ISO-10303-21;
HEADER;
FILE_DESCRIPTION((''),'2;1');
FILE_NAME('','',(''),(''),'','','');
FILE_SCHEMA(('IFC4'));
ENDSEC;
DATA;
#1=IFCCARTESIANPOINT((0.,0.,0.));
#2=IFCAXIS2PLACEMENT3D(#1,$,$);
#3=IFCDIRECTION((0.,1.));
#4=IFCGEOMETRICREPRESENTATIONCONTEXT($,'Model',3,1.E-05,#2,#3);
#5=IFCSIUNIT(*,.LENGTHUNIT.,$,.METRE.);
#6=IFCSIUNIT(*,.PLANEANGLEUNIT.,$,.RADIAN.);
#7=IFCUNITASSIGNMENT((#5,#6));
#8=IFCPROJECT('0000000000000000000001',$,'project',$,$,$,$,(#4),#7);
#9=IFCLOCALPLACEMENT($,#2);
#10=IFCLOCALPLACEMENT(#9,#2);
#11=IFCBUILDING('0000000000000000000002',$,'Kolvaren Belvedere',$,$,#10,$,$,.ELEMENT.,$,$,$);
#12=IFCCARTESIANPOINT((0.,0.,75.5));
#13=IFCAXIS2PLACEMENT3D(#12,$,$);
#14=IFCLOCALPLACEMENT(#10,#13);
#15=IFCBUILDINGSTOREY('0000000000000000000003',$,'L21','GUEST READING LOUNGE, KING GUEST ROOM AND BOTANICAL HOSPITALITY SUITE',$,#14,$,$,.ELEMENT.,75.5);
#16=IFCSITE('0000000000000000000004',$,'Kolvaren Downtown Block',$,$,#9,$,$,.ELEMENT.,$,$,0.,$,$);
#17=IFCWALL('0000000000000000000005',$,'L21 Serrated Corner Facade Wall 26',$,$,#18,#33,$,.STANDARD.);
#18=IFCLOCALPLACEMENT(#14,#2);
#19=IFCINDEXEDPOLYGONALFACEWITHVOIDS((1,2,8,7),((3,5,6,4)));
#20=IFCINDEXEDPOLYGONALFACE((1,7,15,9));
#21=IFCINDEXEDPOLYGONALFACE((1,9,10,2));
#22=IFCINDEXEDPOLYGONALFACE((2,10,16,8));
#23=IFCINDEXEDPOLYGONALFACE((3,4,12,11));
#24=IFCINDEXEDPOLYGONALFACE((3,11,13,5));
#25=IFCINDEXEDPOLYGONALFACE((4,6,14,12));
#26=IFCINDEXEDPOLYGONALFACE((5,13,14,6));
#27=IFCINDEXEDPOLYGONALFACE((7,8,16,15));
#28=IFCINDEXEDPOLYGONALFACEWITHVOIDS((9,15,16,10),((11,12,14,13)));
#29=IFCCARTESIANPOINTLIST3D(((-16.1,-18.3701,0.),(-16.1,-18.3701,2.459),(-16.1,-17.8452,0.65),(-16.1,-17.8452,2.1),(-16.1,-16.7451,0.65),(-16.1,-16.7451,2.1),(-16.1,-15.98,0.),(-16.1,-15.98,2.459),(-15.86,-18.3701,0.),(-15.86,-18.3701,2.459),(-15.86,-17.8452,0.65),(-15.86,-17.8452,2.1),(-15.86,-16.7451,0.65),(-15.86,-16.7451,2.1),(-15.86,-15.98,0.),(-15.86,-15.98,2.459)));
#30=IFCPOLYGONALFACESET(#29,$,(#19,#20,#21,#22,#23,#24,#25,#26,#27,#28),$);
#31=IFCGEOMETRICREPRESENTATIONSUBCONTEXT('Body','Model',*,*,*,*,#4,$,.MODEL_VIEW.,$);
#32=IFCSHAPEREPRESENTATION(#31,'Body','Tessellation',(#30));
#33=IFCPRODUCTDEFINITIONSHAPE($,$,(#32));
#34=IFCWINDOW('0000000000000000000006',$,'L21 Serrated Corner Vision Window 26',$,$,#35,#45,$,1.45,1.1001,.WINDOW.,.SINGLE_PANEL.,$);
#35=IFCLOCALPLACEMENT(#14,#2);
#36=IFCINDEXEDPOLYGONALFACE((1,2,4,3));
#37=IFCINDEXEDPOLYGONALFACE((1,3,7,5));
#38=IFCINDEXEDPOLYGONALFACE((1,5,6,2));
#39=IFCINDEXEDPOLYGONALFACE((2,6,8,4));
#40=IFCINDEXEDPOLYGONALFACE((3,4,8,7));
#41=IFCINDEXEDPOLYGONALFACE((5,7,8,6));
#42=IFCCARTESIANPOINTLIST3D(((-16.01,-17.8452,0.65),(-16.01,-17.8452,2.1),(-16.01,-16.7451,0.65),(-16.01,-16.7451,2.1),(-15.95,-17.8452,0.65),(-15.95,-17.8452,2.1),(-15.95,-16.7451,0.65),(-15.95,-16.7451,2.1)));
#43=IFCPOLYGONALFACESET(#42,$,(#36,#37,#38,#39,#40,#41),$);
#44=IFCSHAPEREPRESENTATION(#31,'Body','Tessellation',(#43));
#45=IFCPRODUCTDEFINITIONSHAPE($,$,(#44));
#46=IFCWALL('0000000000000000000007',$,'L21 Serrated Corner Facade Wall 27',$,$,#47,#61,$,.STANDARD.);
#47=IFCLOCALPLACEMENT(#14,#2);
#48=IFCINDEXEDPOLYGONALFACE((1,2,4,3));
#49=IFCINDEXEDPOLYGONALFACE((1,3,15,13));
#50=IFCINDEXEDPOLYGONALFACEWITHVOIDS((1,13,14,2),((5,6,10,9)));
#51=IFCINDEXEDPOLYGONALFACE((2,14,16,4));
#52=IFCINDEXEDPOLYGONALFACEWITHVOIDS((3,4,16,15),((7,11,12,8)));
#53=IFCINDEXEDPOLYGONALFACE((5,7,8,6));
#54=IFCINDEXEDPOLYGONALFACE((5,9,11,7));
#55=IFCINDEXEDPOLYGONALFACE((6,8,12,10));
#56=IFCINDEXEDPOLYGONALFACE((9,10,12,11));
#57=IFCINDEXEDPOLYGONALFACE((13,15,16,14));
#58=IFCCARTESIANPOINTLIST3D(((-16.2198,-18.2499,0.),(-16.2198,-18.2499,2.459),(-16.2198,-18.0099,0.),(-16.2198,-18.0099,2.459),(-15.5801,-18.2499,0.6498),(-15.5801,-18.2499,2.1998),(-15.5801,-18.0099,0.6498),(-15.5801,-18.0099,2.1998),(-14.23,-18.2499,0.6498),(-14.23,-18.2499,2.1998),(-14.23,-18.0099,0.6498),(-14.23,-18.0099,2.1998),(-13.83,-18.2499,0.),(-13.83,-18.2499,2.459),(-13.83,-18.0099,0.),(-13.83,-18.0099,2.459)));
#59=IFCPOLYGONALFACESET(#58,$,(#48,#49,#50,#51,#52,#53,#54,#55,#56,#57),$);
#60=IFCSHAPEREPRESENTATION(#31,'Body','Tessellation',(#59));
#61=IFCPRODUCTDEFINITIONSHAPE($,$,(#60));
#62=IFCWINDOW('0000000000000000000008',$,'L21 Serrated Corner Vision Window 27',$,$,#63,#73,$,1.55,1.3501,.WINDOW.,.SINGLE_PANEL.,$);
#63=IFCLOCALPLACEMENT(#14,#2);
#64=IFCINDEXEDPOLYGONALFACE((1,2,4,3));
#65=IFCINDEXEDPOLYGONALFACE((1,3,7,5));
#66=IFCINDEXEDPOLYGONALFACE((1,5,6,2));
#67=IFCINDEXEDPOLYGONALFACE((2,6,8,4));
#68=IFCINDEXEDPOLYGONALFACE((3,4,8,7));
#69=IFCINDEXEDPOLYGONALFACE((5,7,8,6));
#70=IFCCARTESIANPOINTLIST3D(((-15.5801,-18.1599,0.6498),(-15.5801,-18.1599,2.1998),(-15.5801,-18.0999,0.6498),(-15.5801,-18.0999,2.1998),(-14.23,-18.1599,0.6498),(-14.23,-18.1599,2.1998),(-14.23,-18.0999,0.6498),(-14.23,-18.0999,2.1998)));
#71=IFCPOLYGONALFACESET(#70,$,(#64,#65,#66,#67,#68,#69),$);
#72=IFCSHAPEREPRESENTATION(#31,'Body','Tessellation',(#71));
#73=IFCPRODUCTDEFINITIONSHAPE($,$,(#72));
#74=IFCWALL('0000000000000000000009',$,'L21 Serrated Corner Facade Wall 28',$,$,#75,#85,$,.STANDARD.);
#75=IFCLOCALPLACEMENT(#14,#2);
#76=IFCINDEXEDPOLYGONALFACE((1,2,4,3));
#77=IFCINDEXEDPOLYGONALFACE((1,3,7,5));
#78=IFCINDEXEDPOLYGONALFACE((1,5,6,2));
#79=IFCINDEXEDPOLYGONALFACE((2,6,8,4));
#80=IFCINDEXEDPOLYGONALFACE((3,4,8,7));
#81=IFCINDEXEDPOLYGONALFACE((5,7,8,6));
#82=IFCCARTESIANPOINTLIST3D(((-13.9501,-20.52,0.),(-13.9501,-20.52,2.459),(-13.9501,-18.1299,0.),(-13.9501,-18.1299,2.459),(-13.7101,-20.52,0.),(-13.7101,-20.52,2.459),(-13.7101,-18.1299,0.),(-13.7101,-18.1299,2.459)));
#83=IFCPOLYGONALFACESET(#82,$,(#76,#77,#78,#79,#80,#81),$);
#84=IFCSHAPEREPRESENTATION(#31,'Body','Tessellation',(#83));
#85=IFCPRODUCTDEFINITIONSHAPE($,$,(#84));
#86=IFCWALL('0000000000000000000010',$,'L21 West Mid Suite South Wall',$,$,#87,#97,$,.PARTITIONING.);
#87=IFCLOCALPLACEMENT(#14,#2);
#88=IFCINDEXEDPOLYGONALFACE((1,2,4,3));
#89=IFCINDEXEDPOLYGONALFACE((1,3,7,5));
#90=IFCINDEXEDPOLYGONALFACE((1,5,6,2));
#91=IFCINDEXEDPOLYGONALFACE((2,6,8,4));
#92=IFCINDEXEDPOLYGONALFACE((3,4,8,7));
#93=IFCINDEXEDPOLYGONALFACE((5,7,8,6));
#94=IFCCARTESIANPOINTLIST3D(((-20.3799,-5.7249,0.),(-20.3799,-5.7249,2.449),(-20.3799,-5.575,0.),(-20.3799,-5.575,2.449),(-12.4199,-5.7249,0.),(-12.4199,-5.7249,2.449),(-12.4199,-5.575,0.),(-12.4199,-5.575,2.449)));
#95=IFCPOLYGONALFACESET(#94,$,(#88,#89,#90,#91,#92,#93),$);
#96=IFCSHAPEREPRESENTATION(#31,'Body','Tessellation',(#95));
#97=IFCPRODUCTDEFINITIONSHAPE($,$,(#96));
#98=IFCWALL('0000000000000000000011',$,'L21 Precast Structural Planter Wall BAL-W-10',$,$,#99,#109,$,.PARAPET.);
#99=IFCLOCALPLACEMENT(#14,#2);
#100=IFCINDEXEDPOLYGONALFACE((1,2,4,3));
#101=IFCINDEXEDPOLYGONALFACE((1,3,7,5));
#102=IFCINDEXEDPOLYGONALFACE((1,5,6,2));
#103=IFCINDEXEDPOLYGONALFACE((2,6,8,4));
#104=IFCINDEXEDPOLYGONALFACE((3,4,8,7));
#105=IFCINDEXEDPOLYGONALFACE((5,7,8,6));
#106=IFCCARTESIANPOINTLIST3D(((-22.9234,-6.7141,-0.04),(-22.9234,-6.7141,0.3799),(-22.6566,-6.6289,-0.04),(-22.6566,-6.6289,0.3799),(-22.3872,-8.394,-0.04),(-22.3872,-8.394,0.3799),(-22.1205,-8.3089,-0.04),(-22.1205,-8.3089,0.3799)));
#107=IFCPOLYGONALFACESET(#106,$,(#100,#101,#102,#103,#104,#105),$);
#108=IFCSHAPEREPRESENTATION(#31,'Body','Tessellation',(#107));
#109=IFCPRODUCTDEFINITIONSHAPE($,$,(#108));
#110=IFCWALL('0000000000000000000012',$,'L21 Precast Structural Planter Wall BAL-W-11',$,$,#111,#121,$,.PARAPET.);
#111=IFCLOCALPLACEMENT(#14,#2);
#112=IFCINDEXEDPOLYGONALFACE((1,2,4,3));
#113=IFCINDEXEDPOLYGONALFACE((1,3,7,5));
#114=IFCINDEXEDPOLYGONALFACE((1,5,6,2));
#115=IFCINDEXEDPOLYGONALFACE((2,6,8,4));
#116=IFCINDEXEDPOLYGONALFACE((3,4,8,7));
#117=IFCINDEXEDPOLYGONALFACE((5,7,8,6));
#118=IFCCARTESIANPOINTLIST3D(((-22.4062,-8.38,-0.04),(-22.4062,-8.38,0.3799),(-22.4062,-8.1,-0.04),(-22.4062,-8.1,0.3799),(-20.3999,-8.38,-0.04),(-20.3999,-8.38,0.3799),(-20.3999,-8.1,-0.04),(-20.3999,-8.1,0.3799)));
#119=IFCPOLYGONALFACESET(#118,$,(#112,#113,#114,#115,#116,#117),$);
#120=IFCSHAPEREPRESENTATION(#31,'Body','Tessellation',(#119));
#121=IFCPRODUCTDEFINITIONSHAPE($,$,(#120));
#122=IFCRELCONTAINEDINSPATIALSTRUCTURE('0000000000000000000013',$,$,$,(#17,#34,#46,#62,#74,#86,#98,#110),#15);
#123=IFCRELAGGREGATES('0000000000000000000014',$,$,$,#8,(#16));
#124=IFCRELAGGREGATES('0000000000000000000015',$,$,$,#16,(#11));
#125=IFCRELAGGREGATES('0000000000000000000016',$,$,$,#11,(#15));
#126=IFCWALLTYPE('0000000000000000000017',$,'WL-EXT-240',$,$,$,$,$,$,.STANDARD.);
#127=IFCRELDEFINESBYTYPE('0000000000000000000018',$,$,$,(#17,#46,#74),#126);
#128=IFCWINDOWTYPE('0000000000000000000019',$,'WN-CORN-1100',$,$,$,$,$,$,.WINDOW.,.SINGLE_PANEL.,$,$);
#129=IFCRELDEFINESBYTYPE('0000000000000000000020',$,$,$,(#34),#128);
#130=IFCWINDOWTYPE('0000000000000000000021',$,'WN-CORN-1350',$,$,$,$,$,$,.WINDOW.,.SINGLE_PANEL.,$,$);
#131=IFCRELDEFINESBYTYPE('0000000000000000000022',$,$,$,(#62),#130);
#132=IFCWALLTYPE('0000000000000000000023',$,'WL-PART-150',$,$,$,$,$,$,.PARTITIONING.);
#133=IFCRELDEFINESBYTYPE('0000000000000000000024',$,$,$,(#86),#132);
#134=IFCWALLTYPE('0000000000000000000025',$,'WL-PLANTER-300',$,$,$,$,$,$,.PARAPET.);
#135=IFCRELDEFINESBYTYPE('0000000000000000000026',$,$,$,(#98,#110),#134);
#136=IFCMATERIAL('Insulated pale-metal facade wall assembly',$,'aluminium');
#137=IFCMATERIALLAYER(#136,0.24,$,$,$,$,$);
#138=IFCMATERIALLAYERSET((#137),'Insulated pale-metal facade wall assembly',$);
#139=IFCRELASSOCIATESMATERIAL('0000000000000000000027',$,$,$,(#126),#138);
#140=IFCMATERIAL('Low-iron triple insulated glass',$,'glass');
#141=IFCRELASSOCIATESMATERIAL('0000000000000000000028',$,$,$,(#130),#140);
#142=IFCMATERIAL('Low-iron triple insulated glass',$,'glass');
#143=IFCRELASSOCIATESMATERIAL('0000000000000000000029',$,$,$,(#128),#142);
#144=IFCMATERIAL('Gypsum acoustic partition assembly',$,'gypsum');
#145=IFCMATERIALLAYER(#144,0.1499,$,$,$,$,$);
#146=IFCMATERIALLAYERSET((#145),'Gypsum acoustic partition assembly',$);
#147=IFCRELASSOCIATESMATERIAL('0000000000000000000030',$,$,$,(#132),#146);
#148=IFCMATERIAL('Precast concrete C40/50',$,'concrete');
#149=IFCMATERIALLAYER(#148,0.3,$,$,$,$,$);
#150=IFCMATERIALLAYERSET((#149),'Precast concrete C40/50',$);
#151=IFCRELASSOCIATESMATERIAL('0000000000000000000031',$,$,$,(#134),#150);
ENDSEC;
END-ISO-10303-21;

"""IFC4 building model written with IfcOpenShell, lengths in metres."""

from ifc_helpers import new_model, si_unit, direction, frame, frame_2d, origin, place, context, subcontext, project, spatial, rectangle, extrude, material, layer, layer_set, type_object, element, fill, save


model = new_model("IFC4")

# Units and contexts
model_context = context("Model", 3, precision=1e-05, world=origin(), true_north=direction((0.0, 1.0)))
body_context = subcontext(model_context, "Body", "Model", "MODEL_VIEW")
ifc_project = project(units=[si_unit("LENGTHUNIT", "METRE"), si_unit("PLANEANGLEUNIT", "RADIAN")], contexts=[model_context])

# Site, building, storey
site_placement = place(None, origin())
site = spatial("IfcSite", under=ifc_project, at=site_placement, Name="Kolvaren Downtown Block", CompositionType="ELEMENT", RefElevation=0.0)
building_placement = place(site_placement, origin())
building = spatial("IfcBuilding", under=site, at=building_placement, Name="Kolvaren Belvedere", CompositionType="ELEMENT")
storey_placement = place(building_placement, frame((0.0, 0.0, 75.5)))
storey = spatial("IfcBuildingStorey", under=building, at=storey_placement, Name="L21", Description="GUEST READING LOUNGE, KING GUEST ROOM AND BOTANICAL HOSPITALITY SUITE", CompositionType="ELEMENT", Elevation=75.5)

# Shared definitions
ifc_material_1 = material(Name="Insulated pale-metal facade wall assembly", Category="aluminium")
ifc_layer_1 = layer(ifc_material_1, 0.24)
ifc_layer_set_1 = layer_set([ifc_layer_1], Name="Insulated pale-metal facade wall assembly")
wall_type_1 = type_object("IfcWallType", Name="WL-EXT-240", PredefinedType="STANDARD", material=ifc_layer_set_1)

# Walls, openings, windows
ifc_material_2 = material(Name="Low-iron triple insulated glass", Category="glass")
window_type_1 = type_object("IfcWindowType", Name="WN-CORN-1350", PartitioningType="SINGLE_PANEL", PredefinedType="WINDOW", material=ifc_material_2)
ifc_material_3 = material(Name="Low-iron triple insulated glass", Category="glass")
window_type_2 = type_object("IfcWindowType", Name="WN-CORN-1100", PartitioningType="SINGLE_PANEL", PredefinedType="WINDOW", material=ifc_material_3)
wall_1_placement = place(storey_placement, frame((-15.98, -18.3701, 0.0), z_axis=(0.0, 0.0, 1.0), x_axis=(0.0, 1.0, 0.0)))
wall_1 = element("IfcWall", 1, at=wall_1_placement, inside=storey, type_object=wall_type_1, Name="L21 Serrated Corner Facade Wall 26", PredefinedType="STANDARD", context=body_context, shape_type="SweptSolid", body=[
    extrude(rectangle(XDim=2.3901, YDim=0.24, at=frame_2d((1.1951, 0.0))), origin(), (0.0, 0.0, 1.0), 2.459),
])
opening_1_placement = place(wall_1_placement, frame((0.5249, 0.0, 0.6499)))
opening_1 = element("IfcOpeningElement", 2, at=opening_1_placement, cuts=wall_1, PredefinedType="OPENING", context=body_context, shape_type="SweptSolid", body=[
    extrude(rectangle(XDim=1.1001, YDim=1.45, at=frame_2d((0.55, 0.7251))), frame((0.0, 0.1299, 0.0), z_axis=(0.0, -1.0, 0.0), x_axis=(1.0, 0.0, 0.0)), (0.0, 0.0, 1.0), 0.26),
])
window_1_placement = place(opening_1_placement, origin())
window_1 = element("IfcWindow", 3, at=window_1_placement, inside=storey, type_object=window_type_2, Name="L21 Serrated Corner Vision Window 26", OverallHeight=1.45, OverallWidth=1.1001, PartitioningType="SINGLE_PANEL", PredefinedType="WINDOW", context=body_context, shape_type="SweptSolid", body=[
    extrude(rectangle(XDim=1.1001, YDim=1.45, at=frame_2d((0.55, 0.7251))), frame((0.0, 0.03, 0.0), z_axis=(0.0, -1.0, 0.0), x_axis=(1.0, 0.0, 0.0)), (0.0, 0.0, 1.0), 0.0601),
])
fill(opening_1, window_1)
wall_2_placement = place(storey_placement, frame((-13.8301, -18.1299, 0.0), z_axis=(0.0, 0.0, 1.0), x_axis=(-1.0, 0.0, 0.0)))
wall_2 = element("IfcWall", 4, at=wall_2_placement, inside=storey, type_object=wall_type_1, Name="L21 Serrated Corner Facade Wall 27", PredefinedType="STANDARD", context=body_context, shape_type="SweptSolid", body=[
    extrude(rectangle(XDim=2.3899, YDim=0.24, at=frame_2d((1.1948, 0.0))), origin(), (0.0, 0.0, 1.0), 2.459),
])
opening_2_placement = place(wall_2_placement, frame((0.3999, 0.0, 0.6499)))
opening_2 = element("IfcOpeningElement", 5, at=opening_2_placement, cuts=wall_2, PredefinedType="OPENING", context=body_context, shape_type="SweptSolid", body=[
    extrude(rectangle(XDim=1.3501, YDim=1.55, at=frame_2d((0.675, 0.7749))), frame((0.0, 0.1299, 0.0), z_axis=(0.0, -1.0, 0.0), x_axis=(1.0, 0.0, 0.0)), (0.0, 0.0, 1.0), 0.26),
])
window_2_placement = place(opening_2_placement, origin())
window_2 = element("IfcWindow", 6, at=window_2_placement, inside=storey, type_object=window_type_1, Name="L21 Serrated Corner Vision Window 27", OverallHeight=1.55, OverallWidth=1.3501, PartitioningType="SINGLE_PANEL", PredefinedType="WINDOW", context=body_context, shape_type="SweptSolid", body=[
    extrude(rectangle(XDim=1.3501, YDim=1.55, at=frame_2d((0.675, 0.7749))), frame((0.0, 0.03, 0.0), z_axis=(0.0, -1.0, 0.0), x_axis=(1.0, 0.0, 0.0)), (0.0, 0.0, 1.0), 0.0601),
])
fill(opening_2, window_2)

# Walls
wall_3_placement = place(storey_placement, frame((-13.8301, -20.52, 0.0), z_axis=(0.0, 0.0, 1.0), x_axis=(0.0, 1.0, 0.0)))
element("IfcWall", 7, at=wall_3_placement, inside=storey, type_object=wall_type_1, Name="L21 Serrated Corner Facade Wall 28", PredefinedType="STANDARD", context=body_context, shape_type="SweptSolid", body=[
    extrude(rectangle(XDim=2.3901, YDim=0.24, at=frame_2d((1.1951, 0.0))), origin(), (0.0, 0.0, 1.0), 2.459),
])
ifc_material_4 = material(Name="Gypsum acoustic partition assembly", Category="gypsum")
ifc_layer_2 = layer(ifc_material_4, 0.1499)
ifc_layer_set_2 = layer_set([ifc_layer_2], Name="Gypsum acoustic partition assembly")
wall_type_2 = type_object("IfcWallType", Name="WL-PART-150", PredefinedType="PARTITIONING", material=ifc_layer_set_2)
wall_4_placement = place(storey_placement, frame((-20.3799, -5.6499, 0.0), z_axis=(0.0, 0.0, 1.0), x_axis=(1.0, 0.0, 0.0)))
element("IfcWall", 8, at=wall_4_placement, inside=storey, type_object=wall_type_2, Name="L21 West Mid Suite South Wall", PredefinedType="PARTITIONING", context=body_context, shape_type="SweptSolid", body=[
    extrude(rectangle(XDim=7.96, YDim=0.1499, at=frame_2d((3.98, 0.0))), origin(), (0.0, 0.0, 1.0), 2.449),
])
ifc_material_5 = material(Name="Precast concrete C40/50", Category="concrete")
ifc_layer_3 = layer(ifc_material_5, 0.3)
ifc_layer_set_3 = layer_set([ifc_layer_3], Name="Precast concrete C40/50")
wall_type_3 = type_object("IfcWallType", Name="WL-PLANTER-300", PredefinedType="PARAPET", material=ifc_layer_set_3)
wall_5_placement = place(storey_placement, frame((-22.79, -6.6714, -0.04), z_axis=(0.0, 0.0, 1.0), x_axis=(0.304032, -0.952662, 0.0)))
element("IfcWall", 9, at=wall_5_placement, inside=storey, type_object=wall_type_3, Name="L21 Precast Structural Planter Wall BAL-W-10", PredefinedType="PARAPET", context=body_context, shape_type="SweptSolid", body=[
    extrude(rectangle(XDim=1.7634, YDim=0.28, at=frame_2d((0.8818, 0.0))), origin(), (0.0, 0.0, 1.0), 0.4199),
])
wall_6_placement = place(storey_placement, frame((-22.4062, -8.24, -0.04), z_axis=(0.0, 0.0, 1.0), x_axis=(1.0, 0.0, 0.0)))
element("IfcWall", 10, at=wall_6_placement, inside=storey, type_object=wall_type_3, Name="L21 Precast Structural Planter Wall BAL-W-11", PredefinedType="PARAPET", context=body_context, shape_type="SweptSolid", body=[
    extrude(rectangle(XDim=2.0063, YDim=0.28, at=frame_2d((1.0032, 0.0))), origin(), (0.0, 0.0, 1.0), 0.4199),
])

save(model, "model.ifc")
